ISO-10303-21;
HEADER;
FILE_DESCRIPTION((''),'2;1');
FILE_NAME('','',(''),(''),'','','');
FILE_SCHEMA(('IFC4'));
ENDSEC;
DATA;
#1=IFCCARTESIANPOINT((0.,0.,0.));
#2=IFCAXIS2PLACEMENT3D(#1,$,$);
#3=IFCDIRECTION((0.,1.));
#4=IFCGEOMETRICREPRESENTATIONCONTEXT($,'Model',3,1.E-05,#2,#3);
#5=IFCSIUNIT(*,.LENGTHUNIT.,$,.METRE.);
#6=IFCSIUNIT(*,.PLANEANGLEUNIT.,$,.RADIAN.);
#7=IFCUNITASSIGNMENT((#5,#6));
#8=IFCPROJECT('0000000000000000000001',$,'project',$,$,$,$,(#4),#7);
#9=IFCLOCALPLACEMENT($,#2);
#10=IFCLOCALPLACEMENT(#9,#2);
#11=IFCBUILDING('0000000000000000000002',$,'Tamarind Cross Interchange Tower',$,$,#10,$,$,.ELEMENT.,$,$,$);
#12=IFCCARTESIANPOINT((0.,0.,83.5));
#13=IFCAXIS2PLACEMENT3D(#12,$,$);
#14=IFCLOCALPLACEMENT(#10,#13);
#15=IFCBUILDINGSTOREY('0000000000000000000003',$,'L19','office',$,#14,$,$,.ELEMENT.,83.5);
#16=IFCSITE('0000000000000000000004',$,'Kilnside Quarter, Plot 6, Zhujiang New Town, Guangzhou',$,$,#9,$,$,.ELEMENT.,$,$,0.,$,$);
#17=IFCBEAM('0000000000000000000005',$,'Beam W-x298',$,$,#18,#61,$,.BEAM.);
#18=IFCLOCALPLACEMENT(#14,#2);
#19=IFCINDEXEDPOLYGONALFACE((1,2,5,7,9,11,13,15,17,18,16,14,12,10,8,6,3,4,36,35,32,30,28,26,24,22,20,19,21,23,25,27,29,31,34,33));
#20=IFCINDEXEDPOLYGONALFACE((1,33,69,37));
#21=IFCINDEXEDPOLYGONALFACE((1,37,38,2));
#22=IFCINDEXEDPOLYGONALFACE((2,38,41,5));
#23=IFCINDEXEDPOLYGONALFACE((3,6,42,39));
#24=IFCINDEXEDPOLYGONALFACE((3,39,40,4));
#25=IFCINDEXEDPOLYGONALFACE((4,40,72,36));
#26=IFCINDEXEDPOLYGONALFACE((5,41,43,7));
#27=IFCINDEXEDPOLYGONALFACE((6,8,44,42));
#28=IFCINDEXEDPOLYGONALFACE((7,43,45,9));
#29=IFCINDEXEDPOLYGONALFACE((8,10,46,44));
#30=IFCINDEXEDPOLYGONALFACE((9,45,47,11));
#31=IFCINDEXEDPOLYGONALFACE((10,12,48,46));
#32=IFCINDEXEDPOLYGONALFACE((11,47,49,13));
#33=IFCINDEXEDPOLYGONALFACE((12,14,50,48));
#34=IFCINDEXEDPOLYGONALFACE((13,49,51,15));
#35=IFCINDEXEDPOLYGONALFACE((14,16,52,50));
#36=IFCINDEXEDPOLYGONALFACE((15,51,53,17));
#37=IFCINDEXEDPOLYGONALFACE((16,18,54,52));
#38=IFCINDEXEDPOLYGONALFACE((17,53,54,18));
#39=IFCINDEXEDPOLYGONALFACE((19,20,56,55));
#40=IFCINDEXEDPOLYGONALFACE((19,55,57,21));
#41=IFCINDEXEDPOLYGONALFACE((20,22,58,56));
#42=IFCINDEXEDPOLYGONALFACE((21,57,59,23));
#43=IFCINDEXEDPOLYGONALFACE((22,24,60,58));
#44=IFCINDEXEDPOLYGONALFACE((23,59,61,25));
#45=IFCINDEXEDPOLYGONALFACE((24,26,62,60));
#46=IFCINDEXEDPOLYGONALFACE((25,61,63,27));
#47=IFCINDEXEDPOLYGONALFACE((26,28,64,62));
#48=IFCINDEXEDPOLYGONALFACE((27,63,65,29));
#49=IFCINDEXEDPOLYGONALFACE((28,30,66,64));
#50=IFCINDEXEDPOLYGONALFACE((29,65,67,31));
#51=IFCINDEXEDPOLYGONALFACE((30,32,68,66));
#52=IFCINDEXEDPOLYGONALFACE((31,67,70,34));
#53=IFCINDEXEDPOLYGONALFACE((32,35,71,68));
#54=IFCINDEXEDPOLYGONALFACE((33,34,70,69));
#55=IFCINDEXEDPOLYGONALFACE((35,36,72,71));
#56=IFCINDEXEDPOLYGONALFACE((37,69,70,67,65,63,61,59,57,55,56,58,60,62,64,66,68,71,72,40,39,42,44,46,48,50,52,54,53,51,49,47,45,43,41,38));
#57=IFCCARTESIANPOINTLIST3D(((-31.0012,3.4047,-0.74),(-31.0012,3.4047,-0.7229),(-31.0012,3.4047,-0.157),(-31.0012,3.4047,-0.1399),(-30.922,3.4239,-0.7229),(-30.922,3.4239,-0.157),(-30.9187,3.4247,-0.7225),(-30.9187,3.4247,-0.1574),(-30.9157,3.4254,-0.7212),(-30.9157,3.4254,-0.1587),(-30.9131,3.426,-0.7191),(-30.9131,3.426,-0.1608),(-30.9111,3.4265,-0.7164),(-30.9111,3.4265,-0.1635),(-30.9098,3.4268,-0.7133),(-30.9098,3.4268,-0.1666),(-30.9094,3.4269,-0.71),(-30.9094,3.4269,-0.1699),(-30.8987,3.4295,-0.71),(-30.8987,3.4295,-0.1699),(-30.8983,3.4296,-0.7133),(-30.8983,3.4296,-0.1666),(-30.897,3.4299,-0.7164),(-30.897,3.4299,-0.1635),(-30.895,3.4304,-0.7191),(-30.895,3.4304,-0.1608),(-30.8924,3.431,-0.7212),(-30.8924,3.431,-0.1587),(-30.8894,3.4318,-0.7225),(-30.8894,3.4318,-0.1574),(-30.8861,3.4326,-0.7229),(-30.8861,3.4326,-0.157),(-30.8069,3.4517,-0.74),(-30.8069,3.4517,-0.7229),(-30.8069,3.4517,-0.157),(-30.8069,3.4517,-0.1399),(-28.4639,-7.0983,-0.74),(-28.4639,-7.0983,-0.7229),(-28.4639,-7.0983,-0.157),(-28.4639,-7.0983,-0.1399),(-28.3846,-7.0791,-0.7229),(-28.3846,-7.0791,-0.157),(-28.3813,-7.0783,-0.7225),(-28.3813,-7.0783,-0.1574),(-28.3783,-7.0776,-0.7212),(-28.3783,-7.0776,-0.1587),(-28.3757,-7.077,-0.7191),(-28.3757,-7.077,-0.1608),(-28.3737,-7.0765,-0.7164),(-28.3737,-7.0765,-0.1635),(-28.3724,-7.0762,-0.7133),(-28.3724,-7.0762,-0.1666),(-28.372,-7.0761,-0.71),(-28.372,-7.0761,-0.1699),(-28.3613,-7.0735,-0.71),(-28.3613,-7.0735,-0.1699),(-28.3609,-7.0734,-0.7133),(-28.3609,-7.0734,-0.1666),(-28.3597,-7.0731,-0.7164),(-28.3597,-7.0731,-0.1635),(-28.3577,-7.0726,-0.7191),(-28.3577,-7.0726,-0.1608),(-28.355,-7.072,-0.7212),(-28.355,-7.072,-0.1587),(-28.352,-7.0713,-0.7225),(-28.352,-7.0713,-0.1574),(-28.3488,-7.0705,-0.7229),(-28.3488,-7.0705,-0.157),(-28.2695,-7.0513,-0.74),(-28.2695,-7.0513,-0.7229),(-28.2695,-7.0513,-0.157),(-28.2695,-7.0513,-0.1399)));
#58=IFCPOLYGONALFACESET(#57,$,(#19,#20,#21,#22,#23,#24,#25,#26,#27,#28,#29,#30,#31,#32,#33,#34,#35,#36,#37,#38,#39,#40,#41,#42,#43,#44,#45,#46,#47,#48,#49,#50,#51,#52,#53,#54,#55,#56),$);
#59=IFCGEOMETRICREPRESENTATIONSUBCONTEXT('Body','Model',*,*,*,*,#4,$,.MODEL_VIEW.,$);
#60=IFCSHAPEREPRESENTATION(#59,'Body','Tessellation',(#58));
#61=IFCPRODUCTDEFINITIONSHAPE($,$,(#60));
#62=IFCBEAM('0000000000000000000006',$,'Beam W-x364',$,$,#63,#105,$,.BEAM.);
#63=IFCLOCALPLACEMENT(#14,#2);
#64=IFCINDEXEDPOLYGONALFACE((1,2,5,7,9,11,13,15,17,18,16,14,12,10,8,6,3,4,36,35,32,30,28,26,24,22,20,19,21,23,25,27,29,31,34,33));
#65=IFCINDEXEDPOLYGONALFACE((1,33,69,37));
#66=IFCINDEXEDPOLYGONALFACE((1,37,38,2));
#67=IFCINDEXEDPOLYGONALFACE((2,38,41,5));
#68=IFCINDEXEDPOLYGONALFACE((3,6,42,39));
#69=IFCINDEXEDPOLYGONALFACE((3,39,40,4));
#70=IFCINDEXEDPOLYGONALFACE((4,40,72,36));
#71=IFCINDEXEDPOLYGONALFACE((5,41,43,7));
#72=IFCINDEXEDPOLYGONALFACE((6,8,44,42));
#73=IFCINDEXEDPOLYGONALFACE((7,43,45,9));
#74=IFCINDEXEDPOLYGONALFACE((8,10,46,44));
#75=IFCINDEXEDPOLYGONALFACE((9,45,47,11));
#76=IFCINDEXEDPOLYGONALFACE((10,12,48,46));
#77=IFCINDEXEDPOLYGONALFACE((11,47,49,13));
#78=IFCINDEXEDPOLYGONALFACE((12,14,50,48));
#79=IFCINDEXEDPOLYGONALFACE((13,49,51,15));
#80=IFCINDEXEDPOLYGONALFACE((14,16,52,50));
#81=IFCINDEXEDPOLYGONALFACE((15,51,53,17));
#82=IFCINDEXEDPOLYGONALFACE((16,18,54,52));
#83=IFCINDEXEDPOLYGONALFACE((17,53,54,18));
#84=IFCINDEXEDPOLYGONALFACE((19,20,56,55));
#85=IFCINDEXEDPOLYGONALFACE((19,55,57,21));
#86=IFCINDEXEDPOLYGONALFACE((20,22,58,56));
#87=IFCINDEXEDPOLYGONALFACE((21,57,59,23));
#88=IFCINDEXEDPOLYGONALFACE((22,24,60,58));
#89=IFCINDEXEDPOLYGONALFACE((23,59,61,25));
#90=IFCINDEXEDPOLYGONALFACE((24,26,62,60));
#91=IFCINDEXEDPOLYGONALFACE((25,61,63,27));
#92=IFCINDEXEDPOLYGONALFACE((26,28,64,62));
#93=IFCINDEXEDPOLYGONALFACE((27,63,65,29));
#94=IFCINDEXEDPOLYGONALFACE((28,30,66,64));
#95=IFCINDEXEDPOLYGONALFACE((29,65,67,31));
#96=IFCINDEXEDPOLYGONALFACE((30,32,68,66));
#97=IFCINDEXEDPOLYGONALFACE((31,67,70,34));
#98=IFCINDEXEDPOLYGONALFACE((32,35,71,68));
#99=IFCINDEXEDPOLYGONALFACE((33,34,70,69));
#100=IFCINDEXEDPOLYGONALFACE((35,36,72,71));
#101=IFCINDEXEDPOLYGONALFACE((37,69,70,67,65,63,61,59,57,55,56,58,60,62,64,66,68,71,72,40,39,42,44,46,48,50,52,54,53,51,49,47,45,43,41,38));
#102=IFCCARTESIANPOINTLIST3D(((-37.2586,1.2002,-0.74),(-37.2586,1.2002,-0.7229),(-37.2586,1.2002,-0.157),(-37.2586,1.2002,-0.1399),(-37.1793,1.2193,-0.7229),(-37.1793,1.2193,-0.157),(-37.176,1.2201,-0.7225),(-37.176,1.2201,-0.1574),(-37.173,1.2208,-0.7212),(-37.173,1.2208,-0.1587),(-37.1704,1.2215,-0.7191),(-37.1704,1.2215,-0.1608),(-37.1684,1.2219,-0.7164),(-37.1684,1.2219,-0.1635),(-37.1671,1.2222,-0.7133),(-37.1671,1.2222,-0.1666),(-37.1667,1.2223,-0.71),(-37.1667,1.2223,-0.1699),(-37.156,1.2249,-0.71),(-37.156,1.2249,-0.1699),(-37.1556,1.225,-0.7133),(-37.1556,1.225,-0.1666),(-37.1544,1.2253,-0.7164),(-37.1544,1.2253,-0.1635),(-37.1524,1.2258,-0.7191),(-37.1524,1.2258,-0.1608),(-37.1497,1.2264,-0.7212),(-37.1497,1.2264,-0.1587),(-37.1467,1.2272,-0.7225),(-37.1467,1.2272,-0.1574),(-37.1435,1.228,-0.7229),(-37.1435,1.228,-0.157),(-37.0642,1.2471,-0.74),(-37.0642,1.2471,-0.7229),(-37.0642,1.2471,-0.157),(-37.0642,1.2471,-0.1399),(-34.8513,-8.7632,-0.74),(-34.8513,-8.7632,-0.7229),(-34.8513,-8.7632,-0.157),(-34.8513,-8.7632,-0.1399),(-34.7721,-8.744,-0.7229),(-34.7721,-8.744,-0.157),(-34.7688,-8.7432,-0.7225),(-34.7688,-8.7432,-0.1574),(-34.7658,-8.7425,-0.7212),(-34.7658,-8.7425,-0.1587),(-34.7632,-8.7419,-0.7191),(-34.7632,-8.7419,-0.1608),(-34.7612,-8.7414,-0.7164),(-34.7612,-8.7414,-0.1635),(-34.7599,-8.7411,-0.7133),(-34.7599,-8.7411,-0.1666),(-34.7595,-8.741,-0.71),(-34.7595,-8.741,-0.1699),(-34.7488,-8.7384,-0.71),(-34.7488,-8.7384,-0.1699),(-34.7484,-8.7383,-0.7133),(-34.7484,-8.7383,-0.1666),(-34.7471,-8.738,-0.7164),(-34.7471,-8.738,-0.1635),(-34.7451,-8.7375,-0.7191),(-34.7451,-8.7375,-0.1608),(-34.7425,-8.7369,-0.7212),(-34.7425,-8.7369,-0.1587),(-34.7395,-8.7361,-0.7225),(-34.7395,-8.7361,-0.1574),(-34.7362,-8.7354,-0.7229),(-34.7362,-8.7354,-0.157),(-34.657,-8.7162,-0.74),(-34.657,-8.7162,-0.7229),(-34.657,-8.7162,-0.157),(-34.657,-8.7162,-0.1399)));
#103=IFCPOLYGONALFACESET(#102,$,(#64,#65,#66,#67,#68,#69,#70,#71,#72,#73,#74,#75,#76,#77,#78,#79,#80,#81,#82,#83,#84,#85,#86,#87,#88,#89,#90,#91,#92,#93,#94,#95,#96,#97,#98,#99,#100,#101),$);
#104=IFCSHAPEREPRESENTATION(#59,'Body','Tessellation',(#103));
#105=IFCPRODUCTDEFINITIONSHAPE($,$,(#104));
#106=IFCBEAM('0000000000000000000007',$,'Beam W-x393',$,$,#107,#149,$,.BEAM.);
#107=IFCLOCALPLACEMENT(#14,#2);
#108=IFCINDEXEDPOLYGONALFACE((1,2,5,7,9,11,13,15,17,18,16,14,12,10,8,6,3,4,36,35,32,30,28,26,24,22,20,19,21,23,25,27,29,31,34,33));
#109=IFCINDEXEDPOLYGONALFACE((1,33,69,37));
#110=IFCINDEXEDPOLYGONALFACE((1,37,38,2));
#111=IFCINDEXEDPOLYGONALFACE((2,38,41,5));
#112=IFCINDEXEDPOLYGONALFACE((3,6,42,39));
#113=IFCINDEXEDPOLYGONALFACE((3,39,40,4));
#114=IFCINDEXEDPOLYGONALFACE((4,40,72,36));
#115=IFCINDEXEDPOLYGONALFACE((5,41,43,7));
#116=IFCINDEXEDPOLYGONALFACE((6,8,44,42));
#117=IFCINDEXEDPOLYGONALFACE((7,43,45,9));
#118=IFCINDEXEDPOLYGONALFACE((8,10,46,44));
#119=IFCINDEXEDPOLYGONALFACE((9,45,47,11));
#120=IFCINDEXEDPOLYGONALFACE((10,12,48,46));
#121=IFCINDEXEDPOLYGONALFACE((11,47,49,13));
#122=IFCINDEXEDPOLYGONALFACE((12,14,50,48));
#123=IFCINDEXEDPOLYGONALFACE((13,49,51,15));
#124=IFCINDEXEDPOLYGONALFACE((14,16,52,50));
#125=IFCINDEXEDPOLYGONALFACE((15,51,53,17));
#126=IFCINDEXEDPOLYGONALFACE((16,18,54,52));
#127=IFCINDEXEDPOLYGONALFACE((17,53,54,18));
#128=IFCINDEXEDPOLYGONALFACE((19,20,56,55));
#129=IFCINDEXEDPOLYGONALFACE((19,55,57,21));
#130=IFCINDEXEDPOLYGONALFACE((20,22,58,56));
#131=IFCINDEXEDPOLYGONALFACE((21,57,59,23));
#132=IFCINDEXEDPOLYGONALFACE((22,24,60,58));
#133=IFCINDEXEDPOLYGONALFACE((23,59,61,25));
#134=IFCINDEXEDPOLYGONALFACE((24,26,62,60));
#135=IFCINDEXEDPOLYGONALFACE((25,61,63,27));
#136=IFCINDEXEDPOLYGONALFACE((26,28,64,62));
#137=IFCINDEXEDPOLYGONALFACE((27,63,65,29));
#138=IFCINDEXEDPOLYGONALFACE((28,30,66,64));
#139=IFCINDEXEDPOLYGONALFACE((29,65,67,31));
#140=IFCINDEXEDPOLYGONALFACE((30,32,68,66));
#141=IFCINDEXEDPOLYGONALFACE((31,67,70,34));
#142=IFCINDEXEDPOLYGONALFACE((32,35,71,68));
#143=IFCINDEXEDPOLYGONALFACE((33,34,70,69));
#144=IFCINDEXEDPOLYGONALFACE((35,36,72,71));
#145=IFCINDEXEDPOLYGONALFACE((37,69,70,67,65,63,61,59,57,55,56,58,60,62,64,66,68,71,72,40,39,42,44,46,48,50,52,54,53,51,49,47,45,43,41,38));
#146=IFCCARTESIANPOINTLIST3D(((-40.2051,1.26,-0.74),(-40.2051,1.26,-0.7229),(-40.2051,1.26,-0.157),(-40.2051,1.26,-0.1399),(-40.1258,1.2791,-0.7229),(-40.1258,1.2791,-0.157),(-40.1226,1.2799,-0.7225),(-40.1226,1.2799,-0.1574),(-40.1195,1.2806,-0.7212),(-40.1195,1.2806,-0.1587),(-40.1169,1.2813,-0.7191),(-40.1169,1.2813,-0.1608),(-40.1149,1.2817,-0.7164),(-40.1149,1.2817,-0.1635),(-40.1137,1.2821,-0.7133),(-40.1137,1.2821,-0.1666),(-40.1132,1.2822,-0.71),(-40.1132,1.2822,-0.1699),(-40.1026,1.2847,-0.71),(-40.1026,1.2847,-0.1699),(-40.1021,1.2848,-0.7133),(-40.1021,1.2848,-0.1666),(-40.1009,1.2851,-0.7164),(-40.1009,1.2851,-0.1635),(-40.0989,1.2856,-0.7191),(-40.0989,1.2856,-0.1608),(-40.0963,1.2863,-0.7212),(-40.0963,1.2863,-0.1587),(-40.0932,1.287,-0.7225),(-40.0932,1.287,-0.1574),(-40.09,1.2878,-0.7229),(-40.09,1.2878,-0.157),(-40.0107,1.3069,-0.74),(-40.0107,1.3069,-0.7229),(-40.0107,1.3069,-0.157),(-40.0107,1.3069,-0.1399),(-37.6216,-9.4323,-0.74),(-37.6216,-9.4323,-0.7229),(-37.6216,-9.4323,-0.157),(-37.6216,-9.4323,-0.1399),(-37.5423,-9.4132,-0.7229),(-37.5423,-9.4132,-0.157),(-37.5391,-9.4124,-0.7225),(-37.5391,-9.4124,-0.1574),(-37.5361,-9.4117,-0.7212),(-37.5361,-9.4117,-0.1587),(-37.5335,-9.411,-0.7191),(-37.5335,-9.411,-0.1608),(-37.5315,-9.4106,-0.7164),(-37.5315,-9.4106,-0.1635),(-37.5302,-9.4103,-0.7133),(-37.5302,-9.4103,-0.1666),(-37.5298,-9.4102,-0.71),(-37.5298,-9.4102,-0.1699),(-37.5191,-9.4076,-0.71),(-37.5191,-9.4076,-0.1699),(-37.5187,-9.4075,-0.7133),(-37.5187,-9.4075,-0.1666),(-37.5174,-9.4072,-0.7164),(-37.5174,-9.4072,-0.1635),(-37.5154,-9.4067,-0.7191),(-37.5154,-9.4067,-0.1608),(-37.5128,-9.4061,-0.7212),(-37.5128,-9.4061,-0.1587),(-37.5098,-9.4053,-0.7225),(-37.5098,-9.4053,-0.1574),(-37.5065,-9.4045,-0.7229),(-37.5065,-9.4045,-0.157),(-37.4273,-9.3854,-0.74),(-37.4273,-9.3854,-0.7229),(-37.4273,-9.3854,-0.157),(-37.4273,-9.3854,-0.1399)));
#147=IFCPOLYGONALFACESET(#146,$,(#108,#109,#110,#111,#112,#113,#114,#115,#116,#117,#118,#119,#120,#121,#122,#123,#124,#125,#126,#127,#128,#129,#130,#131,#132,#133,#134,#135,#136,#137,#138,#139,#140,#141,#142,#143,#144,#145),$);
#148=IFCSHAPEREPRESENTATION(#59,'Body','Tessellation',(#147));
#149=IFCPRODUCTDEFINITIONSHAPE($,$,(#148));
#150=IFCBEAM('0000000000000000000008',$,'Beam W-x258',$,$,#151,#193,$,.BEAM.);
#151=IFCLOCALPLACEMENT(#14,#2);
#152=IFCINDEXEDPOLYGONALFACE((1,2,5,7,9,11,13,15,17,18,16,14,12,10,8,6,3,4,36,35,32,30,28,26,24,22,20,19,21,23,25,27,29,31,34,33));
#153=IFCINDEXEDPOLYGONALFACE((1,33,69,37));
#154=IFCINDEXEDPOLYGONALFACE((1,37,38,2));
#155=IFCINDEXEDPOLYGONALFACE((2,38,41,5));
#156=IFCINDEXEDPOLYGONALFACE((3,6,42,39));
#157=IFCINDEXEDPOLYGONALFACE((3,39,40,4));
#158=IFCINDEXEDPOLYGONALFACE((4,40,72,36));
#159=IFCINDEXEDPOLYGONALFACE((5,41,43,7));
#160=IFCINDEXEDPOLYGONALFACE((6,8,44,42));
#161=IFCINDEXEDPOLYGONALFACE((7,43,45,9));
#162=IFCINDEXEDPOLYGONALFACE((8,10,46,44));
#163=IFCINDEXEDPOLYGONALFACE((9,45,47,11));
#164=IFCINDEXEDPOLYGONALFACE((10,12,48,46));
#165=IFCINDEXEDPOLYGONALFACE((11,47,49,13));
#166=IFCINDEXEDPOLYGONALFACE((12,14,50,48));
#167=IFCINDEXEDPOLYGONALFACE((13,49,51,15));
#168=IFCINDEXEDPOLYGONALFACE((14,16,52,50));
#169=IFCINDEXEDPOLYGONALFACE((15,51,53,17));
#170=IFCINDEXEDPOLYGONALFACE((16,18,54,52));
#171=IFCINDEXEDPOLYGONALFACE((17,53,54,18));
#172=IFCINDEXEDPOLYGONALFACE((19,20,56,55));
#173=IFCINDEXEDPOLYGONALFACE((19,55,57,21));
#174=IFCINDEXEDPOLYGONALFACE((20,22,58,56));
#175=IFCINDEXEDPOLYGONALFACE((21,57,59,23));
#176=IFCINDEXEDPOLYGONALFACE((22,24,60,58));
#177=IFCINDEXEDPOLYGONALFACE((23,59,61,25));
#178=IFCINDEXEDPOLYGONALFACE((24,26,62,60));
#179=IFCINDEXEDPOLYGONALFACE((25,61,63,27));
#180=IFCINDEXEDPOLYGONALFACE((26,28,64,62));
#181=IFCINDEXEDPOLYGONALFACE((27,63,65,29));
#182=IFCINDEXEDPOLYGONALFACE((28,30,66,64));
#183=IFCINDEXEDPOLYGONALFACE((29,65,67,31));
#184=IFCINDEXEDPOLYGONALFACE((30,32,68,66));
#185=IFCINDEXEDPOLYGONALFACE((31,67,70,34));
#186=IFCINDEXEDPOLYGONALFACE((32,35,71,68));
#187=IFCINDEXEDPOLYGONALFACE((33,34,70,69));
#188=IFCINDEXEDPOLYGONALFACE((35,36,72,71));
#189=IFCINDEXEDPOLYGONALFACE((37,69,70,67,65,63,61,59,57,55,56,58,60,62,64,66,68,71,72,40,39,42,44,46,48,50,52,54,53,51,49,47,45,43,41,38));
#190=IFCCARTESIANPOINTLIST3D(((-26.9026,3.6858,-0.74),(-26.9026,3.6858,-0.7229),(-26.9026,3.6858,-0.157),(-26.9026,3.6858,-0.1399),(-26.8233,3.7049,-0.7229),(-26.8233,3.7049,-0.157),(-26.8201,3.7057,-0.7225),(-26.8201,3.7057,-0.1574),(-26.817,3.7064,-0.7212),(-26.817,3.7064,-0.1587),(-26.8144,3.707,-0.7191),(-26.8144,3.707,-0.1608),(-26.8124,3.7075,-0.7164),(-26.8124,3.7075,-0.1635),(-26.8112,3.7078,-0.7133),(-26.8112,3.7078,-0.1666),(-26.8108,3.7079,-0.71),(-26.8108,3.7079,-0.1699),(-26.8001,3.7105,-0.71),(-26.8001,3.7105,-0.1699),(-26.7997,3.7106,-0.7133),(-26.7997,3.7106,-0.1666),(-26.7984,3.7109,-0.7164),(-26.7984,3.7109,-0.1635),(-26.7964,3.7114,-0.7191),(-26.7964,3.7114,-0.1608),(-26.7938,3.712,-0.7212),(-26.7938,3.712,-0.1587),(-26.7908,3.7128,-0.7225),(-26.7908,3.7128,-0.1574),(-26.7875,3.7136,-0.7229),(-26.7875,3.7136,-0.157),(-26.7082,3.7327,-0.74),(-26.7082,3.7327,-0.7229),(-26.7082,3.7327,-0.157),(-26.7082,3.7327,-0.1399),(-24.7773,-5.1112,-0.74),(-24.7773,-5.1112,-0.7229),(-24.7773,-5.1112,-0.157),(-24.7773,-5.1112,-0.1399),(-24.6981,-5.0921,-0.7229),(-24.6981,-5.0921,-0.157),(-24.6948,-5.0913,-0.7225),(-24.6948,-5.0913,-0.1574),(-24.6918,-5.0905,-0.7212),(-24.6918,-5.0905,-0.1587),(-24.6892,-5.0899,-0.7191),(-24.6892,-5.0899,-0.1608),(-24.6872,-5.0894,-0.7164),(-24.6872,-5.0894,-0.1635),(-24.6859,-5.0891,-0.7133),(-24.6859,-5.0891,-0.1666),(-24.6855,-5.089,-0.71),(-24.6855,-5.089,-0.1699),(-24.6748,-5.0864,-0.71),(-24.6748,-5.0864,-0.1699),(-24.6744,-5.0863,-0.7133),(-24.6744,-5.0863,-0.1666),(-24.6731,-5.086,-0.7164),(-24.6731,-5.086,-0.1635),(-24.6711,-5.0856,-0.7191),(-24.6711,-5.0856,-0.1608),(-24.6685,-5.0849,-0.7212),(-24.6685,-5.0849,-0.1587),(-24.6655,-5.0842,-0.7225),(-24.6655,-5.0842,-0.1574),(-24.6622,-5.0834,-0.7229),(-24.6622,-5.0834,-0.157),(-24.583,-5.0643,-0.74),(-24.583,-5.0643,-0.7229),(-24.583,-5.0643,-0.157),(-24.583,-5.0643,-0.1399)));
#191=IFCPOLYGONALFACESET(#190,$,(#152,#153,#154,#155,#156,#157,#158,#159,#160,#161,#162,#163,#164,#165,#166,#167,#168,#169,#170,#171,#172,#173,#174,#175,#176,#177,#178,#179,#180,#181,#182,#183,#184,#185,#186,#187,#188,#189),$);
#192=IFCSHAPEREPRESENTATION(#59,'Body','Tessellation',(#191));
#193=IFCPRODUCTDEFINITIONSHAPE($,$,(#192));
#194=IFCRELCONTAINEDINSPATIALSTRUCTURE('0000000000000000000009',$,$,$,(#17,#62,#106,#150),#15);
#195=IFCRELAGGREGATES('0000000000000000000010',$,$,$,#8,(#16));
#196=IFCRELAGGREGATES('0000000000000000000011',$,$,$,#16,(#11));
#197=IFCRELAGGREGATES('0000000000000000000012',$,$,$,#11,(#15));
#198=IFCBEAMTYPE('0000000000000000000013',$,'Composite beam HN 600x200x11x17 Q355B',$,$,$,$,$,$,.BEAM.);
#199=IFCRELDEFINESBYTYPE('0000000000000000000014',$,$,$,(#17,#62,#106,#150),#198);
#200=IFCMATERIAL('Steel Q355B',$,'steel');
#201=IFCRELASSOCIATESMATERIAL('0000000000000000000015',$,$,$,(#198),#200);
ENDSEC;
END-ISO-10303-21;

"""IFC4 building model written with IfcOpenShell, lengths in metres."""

from ifc_helpers import new_model, si_unit, direction, frame, origin, origin_2d, place, context, subcontext, project, spatial, i_section, extrude, material, material_profile, profile_set, type_object, element, save


model = new_model("IFC4")

# Units and contexts
model_context = context("Model", 3, precision=1e-05, world=origin(), true_north=direction((0.0, 1.0)))
body_context = subcontext(model_context, "Body", "Model", "MODEL_VIEW")
ifc_project = project(units=[si_unit("LENGTHUNIT", "METRE"), si_unit("PLANEANGLEUNIT", "RADIAN")], contexts=[model_context])

# Site, building, storey
site_placement = place(None, origin())
site = spatial("IfcSite", under=ifc_project, at=site_placement, Name="Kilnside Quarter, Plot 6, Zhujiang New Town, Guangzhou", CompositionType="ELEMENT", RefElevation=0.0)
building_placement = place(site_placement, origin())
building = spatial("IfcBuilding", under=site, at=building_placement, Name="Tamarind Cross Interchange Tower", CompositionType="ELEMENT")
storey_placement = place(building_placement, frame((0.0, 0.0, 83.5)))
storey = spatial("IfcBuildingStorey", under=building, at=storey_placement, Name="L19", Description="office", CompositionType="ELEMENT", Elevation=83.5)

# Beams
ifc_material_1 = material(Name="Steel Q355B", Category="steel")
ifc_material_profile_1 = material_profile(ifc_material_1, i_section(OverallWidth=0.2, OverallDepth=0.6001, WebThickness=0.011, FlangeThickness=0.0171, FilletRadius=0.0129, at=origin_2d()), Name="HN 600x200x11x17")
ifc_profile_set_1 = profile_set([ifc_material_profile_1], Name="Steel Q355B")
beam_type_1 = type_object("IfcBeamType", Name="Composite beam HN 600x200x11x17 Q355B", PredefinedType="BEAM", material=ifc_profile_set_1)
beam_1_placement = place(storey_placement, frame((-30.9041, 3.4282, -0.4399), z_axis=(0.23483, -0.972037, 0.0), x_axis=(0.972037, 0.23483, 0.0)))
element("IfcBeam", 1, at=beam_1_placement, inside=storey, type_object=beam_type_1, Name="Beam W-x298", PredefinedType="BEAM", context=body_context, shape_type="SweptSolid", body=[
    extrude(i_section(OverallWidth=0.2, OverallDepth=0.6001, WebThickness=0.011, FlangeThickness=0.0171, FilletRadius=0.0129, at=origin_2d()), origin(), (0.0, 0.0, 1.0), 10.8052),
])
beam_2_placement = place(storey_placement, frame((-37.1614, 1.2236, -0.4399), z_axis=(0.23485, -0.972032, 0.0), x_axis=(0.972032, 0.23485, 0.0)))
element("IfcBeam", 2, at=beam_2_placement, inside=storey, type_object=beam_type_1, Name="Beam W-x364", PredefinedType="BEAM", context=body_context, shape_type="SweptSolid", body=[
    extrude(i_section(OverallWidth=0.2, OverallDepth=0.6001, WebThickness=0.011, FlangeThickness=0.0171, FilletRadius=0.0129, at=origin_2d()), origin(), (0.0, 0.0, 1.0), 10.25),
])
beam_3_placement = place(storey_placement, frame((-40.1079, 1.2834, -0.4399), z_axis=(0.234862, -0.972029, 0.0), x_axis=(0.972029, 0.234862, 0.0)))
element("IfcBeam", 3, at=beam_3_placement, inside=storey, type_object=beam_type_1, Name="Beam W-x393", PredefinedType="BEAM", context=body_context, shape_type="SweptSolid", body=[
    extrude(i_section(OverallWidth=0.2, OverallDepth=0.6001, WebThickness=0.011, FlangeThickness=0.0171, FilletRadius=0.0129, at=origin_2d()), origin(), (0.0, 0.0, 1.0), 11.0),
])
beam_4_placement = place(storey_placement, frame((-26.8054, 3.7092, -0.4399), z_axis=(0.234835, -0.972035, 0.0), x_axis=(0.972035, 0.234835, 0.0)))
element("IfcBeam", 4, at=beam_4_placement, inside=storey, type_object=beam_type_1, Name="Beam W-x258", PredefinedType="BEAM", context=body_context, shape_type="SweptSolid", body=[
    extrude(i_section(OverallWidth=0.2, OverallDepth=0.6001, WebThickness=0.011, FlangeThickness=0.0171, FilletRadius=0.0129, at=origin_2d()), origin(), (0.0, 0.0, 1.0), 9.05),
])

save(model, "model.ifc")
